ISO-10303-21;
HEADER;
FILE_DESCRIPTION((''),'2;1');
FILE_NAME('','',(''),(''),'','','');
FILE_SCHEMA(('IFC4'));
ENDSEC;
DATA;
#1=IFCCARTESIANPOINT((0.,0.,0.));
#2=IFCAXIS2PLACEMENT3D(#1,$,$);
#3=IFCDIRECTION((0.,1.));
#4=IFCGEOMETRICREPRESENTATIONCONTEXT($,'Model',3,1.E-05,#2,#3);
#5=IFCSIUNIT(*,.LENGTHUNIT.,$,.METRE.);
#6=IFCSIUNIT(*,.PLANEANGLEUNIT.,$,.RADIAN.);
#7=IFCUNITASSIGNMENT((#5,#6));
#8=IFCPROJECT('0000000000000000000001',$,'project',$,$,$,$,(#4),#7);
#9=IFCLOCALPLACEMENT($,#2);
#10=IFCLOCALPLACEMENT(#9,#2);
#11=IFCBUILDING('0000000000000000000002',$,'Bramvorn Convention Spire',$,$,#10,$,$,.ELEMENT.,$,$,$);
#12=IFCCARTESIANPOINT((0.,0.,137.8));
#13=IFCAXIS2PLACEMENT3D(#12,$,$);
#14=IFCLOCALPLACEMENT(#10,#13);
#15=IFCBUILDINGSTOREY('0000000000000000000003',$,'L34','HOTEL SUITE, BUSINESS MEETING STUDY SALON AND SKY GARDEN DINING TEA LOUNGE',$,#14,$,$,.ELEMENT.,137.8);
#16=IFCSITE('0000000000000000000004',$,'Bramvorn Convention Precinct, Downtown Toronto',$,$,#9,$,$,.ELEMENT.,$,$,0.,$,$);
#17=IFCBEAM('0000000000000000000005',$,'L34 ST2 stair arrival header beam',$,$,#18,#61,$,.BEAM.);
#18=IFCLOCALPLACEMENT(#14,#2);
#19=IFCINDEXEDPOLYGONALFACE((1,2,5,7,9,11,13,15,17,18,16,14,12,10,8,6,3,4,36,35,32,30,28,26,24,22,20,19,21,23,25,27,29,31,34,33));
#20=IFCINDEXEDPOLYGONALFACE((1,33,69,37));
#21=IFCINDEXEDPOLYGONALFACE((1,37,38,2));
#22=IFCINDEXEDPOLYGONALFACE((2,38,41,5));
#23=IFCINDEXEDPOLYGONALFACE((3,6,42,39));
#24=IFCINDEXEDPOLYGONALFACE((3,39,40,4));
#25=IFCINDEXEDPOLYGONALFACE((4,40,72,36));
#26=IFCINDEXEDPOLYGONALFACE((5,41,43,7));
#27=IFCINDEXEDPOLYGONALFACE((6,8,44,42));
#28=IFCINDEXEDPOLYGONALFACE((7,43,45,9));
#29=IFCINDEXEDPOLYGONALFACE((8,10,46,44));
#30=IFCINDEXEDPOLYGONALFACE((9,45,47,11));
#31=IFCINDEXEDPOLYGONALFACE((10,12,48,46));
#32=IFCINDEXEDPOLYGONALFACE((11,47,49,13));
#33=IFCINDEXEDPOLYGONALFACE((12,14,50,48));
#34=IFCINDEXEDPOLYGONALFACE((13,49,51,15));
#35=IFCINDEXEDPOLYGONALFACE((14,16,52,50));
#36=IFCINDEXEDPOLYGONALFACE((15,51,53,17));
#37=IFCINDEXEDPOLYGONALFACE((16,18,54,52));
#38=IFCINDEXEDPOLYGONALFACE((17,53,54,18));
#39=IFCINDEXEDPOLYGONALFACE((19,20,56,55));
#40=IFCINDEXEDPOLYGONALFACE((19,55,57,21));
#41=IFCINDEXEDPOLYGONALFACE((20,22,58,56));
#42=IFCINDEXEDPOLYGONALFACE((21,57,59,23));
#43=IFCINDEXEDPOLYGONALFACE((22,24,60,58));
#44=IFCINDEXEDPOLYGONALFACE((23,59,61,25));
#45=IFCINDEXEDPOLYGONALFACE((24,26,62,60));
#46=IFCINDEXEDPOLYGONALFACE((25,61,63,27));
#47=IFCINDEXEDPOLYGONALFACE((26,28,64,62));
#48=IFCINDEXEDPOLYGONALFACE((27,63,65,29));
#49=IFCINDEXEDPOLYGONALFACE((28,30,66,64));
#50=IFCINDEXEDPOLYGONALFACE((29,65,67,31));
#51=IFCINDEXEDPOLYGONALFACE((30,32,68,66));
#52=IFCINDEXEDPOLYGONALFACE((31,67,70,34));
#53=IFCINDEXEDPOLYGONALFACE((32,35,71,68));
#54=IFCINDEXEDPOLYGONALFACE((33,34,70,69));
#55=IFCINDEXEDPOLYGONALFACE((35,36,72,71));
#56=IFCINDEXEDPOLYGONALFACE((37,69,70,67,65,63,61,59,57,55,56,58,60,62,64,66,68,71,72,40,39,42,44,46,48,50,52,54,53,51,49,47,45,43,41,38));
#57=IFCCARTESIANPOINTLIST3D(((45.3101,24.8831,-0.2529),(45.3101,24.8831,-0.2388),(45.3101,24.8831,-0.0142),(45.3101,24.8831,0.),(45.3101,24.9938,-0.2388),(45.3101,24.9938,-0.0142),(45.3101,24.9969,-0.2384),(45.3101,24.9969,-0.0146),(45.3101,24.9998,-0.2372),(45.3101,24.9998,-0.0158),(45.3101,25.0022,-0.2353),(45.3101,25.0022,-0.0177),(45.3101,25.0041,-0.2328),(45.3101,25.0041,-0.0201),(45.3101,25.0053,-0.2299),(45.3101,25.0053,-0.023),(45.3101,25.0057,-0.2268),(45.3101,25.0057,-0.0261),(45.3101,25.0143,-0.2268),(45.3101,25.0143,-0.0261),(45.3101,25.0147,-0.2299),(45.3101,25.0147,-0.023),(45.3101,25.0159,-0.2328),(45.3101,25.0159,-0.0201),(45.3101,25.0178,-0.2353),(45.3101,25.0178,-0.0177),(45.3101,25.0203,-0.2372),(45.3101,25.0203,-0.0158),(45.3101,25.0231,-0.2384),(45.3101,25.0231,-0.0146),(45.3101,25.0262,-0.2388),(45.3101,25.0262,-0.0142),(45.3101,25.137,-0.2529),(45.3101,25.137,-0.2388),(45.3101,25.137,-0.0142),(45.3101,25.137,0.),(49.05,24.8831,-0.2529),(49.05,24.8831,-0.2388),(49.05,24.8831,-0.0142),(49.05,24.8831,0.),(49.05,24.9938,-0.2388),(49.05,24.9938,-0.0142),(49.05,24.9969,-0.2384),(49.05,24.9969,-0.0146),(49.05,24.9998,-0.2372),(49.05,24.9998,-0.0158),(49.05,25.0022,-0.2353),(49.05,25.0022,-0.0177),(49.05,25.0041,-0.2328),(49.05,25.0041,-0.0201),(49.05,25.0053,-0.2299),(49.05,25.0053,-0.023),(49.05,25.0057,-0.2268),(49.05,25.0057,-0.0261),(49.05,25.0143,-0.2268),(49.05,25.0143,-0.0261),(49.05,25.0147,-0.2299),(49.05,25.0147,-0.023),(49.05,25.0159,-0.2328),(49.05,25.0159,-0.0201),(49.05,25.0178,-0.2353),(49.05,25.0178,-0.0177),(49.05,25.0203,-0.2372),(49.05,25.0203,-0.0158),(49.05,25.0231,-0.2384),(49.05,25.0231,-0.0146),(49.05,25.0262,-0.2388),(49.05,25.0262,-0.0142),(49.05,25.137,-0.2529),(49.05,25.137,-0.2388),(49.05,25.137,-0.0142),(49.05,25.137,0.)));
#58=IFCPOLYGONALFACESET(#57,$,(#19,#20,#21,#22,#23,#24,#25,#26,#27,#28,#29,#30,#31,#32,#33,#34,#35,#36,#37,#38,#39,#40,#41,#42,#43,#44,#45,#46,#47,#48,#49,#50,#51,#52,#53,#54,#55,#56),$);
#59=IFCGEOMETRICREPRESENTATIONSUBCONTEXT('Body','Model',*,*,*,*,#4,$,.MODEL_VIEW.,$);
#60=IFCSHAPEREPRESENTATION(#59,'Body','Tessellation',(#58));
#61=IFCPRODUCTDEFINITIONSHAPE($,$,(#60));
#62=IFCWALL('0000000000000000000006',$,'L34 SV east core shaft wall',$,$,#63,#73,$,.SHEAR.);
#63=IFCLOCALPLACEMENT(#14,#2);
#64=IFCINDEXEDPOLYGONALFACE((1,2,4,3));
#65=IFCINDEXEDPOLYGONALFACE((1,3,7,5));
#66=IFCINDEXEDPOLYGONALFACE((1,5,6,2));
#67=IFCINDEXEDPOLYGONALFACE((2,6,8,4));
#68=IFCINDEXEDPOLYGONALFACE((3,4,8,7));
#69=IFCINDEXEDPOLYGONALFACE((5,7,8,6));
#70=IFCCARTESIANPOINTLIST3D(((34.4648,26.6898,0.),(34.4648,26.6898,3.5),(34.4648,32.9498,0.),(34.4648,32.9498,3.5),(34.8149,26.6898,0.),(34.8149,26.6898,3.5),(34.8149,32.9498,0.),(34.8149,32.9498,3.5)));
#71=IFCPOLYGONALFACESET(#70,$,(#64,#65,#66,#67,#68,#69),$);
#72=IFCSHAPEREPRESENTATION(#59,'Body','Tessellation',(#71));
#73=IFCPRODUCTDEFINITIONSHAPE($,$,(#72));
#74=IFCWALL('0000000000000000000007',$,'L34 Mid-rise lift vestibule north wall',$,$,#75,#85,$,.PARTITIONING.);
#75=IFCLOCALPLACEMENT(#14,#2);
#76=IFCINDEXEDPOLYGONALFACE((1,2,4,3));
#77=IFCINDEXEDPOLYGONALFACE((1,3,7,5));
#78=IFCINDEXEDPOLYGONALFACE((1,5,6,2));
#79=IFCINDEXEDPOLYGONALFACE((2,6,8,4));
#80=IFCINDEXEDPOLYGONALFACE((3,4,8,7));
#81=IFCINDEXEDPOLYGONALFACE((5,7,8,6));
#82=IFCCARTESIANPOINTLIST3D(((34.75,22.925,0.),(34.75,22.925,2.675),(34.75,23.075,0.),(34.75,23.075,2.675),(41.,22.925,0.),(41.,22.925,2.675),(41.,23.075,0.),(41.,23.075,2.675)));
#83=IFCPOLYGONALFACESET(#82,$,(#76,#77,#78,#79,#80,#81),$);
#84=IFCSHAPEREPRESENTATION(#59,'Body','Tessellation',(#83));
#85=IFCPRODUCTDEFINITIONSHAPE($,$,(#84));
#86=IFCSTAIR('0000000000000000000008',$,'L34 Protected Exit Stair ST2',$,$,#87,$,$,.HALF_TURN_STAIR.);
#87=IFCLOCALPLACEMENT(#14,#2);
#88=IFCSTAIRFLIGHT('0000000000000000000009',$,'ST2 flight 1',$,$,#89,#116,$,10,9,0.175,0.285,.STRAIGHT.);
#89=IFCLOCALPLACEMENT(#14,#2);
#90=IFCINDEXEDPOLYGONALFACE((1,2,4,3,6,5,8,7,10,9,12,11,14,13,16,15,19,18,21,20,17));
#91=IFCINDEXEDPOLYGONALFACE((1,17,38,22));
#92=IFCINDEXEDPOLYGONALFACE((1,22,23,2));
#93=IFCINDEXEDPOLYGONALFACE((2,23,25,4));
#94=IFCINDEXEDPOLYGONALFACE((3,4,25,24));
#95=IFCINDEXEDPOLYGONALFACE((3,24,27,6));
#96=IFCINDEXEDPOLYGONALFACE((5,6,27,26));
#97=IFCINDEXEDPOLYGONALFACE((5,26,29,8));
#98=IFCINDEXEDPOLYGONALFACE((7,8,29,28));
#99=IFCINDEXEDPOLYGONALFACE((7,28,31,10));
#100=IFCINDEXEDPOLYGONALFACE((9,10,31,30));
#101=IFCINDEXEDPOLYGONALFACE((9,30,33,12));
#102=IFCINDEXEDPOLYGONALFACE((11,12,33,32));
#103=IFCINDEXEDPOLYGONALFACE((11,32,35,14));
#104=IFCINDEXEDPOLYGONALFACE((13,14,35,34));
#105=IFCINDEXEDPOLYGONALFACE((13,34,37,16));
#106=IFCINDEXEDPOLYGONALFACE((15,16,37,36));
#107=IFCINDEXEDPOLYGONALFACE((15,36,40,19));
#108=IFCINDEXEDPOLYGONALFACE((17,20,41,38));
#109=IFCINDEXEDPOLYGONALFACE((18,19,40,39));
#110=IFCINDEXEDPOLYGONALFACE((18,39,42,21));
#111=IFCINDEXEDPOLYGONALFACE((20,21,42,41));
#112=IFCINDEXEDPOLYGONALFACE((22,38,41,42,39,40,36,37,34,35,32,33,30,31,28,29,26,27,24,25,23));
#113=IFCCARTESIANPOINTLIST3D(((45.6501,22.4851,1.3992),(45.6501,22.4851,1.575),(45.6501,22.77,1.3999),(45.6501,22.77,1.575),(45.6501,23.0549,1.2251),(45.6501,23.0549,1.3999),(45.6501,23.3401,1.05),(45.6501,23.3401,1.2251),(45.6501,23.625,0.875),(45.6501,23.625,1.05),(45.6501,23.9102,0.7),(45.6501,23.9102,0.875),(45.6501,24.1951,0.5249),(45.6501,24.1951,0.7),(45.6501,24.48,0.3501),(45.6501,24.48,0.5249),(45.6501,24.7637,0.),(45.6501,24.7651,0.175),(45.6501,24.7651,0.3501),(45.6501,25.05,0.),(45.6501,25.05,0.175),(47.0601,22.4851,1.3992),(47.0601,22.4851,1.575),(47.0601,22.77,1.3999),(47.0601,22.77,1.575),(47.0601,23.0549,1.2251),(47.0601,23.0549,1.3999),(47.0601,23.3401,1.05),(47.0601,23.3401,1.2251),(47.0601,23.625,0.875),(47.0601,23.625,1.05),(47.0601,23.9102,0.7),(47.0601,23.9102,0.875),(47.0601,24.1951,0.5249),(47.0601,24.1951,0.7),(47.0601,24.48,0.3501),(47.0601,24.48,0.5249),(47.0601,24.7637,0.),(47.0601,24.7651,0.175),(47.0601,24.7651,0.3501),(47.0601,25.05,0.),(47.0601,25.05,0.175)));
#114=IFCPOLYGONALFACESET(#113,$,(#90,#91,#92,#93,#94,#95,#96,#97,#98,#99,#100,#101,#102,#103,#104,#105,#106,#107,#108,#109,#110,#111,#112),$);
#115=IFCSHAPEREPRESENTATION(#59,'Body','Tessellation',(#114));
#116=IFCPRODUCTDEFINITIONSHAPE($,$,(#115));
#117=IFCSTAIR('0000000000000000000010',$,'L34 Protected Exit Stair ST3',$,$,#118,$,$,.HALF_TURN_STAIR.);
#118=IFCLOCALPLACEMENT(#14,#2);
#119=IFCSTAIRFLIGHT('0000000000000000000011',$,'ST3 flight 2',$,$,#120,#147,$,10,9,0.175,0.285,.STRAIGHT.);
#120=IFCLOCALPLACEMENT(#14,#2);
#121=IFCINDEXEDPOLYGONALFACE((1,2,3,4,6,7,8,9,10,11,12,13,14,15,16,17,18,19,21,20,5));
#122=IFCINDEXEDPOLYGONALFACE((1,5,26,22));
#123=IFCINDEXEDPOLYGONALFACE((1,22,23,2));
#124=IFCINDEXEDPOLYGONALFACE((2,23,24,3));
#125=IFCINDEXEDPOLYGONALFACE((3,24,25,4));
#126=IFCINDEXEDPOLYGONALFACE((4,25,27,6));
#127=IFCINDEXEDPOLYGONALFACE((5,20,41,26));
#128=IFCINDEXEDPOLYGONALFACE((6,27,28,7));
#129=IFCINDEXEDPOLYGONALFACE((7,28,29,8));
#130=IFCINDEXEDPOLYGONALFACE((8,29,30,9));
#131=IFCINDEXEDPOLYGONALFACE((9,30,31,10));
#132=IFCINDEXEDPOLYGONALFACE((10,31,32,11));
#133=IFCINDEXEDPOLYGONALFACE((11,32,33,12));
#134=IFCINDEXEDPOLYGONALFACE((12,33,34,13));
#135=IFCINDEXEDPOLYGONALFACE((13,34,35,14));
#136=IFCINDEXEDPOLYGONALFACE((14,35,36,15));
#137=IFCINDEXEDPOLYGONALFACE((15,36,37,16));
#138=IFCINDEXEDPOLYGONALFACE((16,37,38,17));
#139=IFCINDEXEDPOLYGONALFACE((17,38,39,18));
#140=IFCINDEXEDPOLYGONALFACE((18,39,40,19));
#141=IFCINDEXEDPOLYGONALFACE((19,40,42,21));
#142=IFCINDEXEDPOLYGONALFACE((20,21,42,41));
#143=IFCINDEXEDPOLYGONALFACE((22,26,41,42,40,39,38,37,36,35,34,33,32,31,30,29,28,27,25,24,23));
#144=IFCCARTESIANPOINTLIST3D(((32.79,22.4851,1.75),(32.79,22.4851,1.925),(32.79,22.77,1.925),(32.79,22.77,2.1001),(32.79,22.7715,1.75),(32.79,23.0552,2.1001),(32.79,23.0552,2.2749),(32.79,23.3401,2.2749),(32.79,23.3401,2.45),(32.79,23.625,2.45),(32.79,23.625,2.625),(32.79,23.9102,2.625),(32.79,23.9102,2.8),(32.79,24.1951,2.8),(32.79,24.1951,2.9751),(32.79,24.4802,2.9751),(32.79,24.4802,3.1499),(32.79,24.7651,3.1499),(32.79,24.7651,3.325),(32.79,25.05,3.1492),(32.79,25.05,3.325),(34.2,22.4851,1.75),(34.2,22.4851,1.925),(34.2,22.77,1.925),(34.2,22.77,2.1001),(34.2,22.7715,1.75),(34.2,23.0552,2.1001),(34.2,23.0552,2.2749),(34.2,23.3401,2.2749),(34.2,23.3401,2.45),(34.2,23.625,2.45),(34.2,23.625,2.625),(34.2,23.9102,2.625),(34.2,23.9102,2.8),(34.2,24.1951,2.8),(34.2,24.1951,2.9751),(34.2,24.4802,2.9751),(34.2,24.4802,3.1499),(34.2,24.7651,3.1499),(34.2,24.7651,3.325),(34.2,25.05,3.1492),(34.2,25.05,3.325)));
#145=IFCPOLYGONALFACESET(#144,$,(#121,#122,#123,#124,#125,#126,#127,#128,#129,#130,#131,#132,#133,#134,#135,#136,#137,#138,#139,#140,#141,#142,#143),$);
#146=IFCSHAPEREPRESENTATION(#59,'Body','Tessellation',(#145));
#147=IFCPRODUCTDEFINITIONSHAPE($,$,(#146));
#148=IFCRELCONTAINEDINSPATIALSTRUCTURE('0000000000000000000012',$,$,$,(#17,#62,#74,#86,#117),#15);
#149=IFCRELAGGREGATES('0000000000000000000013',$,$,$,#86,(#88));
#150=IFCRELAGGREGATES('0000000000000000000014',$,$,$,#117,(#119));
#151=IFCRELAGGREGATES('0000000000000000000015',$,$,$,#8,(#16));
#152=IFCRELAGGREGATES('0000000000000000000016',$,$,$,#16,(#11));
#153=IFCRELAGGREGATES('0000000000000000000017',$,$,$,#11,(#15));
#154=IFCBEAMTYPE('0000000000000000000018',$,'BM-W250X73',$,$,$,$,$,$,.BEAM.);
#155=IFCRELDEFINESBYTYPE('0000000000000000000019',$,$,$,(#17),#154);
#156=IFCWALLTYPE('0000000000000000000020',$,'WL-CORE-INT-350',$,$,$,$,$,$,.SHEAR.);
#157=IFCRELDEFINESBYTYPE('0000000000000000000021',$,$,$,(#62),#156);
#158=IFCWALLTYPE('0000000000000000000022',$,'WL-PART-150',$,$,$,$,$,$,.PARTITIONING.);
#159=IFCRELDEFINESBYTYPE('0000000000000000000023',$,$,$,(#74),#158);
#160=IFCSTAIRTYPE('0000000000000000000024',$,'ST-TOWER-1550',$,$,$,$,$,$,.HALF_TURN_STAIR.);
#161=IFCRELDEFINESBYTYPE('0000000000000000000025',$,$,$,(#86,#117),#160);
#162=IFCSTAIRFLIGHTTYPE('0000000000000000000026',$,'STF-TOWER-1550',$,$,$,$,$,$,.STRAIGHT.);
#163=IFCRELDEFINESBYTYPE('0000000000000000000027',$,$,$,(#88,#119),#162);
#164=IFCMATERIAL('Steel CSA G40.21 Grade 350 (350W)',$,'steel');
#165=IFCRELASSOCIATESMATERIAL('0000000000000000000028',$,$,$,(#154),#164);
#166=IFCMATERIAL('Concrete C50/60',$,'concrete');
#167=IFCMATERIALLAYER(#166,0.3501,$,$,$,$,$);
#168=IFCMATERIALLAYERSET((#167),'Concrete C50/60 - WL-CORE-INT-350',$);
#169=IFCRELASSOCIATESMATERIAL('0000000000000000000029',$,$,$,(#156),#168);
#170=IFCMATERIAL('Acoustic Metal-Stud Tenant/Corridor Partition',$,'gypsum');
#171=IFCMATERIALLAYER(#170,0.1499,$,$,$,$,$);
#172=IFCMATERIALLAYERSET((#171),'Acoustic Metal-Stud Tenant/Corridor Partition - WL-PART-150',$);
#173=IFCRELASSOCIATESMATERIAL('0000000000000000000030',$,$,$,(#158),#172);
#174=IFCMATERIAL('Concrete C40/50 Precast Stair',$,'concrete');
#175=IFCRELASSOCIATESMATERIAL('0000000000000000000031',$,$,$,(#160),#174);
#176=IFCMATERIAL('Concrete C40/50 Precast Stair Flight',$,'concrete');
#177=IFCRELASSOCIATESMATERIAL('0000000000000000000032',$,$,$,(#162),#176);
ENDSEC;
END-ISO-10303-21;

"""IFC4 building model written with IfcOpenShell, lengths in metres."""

from ifc_helpers import new_model, si_unit, direction, frame, frame_2d, origin, origin_2d, place, context, subcontext, project, spatial, polyline, rectangle, i_section, outline, extrude, material, layer, layer_set, material_profile, profile_set, type_object, element, aggregate, save


model = new_model("IFC4")

# Units and contexts
model_context = context("Model", 3, precision=1e-05, world=origin(), true_north=direction((0.0, 1.0)))
body_context = subcontext(model_context, "Body", "Model", "MODEL_VIEW")
ifc_project = project(units=[si_unit("LENGTHUNIT", "METRE"), si_unit("PLANEANGLEUNIT", "RADIAN")], contexts=[model_context])

# Site, building, storey
site_placement = place(None, origin())
site = spatial("IfcSite", under=ifc_project, at=site_placement, Name="Bramvorn Convention Precinct, Downtown Toronto", CompositionType="ELEMENT", RefElevation=0.0)
building_placement = place(site_placement, origin())
building = spatial("IfcBuilding", under=site, at=building_placement, Name="Bramvorn Convention Spire", CompositionType="ELEMENT")
storey_placement = place(building_placement, frame((0.0, 0.0, 137.8)))
storey = spatial("IfcBuildingStorey", under=building, at=storey_placement, Name="L34", Description="HOTEL SUITE, BUSINESS MEETING STUDY SALON AND SKY GARDEN DINING TEA LOUNGE", CompositionType="ELEMENT", Elevation=137.8)

# Beam
ifc_material_1 = material(Name="Steel CSA G40.21 Grade 350 (350W)", Category="steel")
ifc_material_profile = material_profile(ifc_material_1, i_section(OverallWidth=0.2539, OverallDepth=0.2529, WebThickness=0.0085, FlangeThickness=0.0142, FilletRadius=0.012, at=origin_2d()))
ifc_profile_set = profile_set([ifc_material_profile], Name="Steel CSA G40.21 Grade 350 (350W) - W250X73")
beam_type = type_object("IfcBeamType", Name="BM-W250X73", PredefinedType="BEAM", material=ifc_profile_set)
beam_placement = place(storey_placement, frame((45.3101, 25.01, -0.1265), z_axis=(1.0, 0.0, 0.0), x_axis=(0.0, 1.0, 0.0)))
element("IfcBeam", 1, at=beam_placement, inside=storey, type_object=beam_type, Name="L34 ST2 stair arrival header beam", PredefinedType="BEAM", context=body_context, shape_type="SweptSolid", body=[
    extrude(i_section(OverallWidth=0.2539, OverallDepth=0.2529, WebThickness=0.0085, FlangeThickness=0.0142, FilletRadius=0.012, at=origin_2d()), origin(), (0.0, 0.0, 1.0), 3.74),
])

# Walls
ifc_material_2 = material(Name="Concrete C50/60", Category="concrete")
ifc_layer_1 = layer(ifc_material_2, 0.3501)
ifc_layer_set_1 = layer_set([ifc_layer_1], Name="Concrete C50/60 - WL-CORE-INT-350")
wall_type_1 = type_object("IfcWallType", Name="WL-CORE-INT-350", PredefinedType="SHEAR", material=ifc_layer_set_1)
wall_1_placement = place(storey_placement, frame((34.6399, 26.6899, 0.0), z_axis=(0.0, 0.0, 1.0), x_axis=(0.0, 1.0, 0.0)))
element("IfcWall", 2, at=wall_1_placement, inside=storey, type_object=wall_type_1, Name="L34 SV east core shaft wall", PredefinedType="SHEAR", context=body_context, shape_type="SweptSolid", body=[
    extrude(rectangle(XDim=6.26, YDim=0.3501, at=frame_2d((3.1299, 0.0))), origin(), (0.0, 0.0, 1.0), 3.5),
])
ifc_material_3 = material(Name="Acoustic Metal-Stud Tenant/Corridor Partition", Category="gypsum")
ifc_layer_2 = layer(ifc_material_3, 0.1499)
ifc_layer_set_2 = layer_set([ifc_layer_2], Name="Acoustic Metal-Stud Tenant/Corridor Partition - WL-PART-150")
wall_type_2 = type_object("IfcWallType", Name="WL-PART-150", PredefinedType="PARTITIONING", material=ifc_layer_set_2)
wall_2_placement = place(storey_placement, frame((34.75, 23.0, 0.0), z_axis=(0.0, 0.0, 1.0), x_axis=(1.0, 0.0, 0.0)))
element("IfcWall", 3, at=wall_2_placement, inside=storey, type_object=wall_type_2, Name="L34 Mid-rise lift vestibule north wall", PredefinedType="PARTITIONING", context=body_context, shape_type="SweptSolid", body=[
    extrude(rectangle(XDim=6.25, YDim=0.1499, at=frame_2d((3.125, 0.0))), origin(), (0.0, 0.0, 1.0), 2.675),
])

# Stairs, stair flights
ifc_material_4 = material(Name="Concrete C40/50 Precast Stair", Category="concrete")
stair_type = type_object("IfcStairType", Name="ST-TOWER-1550", PredefinedType="HALF_TURN_STAIR", material=ifc_material_4)
stair_1_placement = place(storey_placement, origin())
stair_1 = element("IfcStair", 4, at=stair_1_placement, inside=storey, type_object=stair_type, Name="L34 Protected Exit Stair ST2", PredefinedType="HALF_TURN_STAIR")
ifc_material_5 = material(Name="Concrete C40/50 Precast Stair Flight", Category="concrete")
stair_flight_type = type_object("IfcStairFlightType", Name="STF-TOWER-1550", PredefinedType="STRAIGHT", material=ifc_material_5)
stair_flight_1_placement = place(storey_placement, frame((46.355, 25.05, 0.0), z_axis=(0.0, 0.0, 1.0), x_axis=(0.0, -1.0, 0.0)))
stair_flight_1 = element("IfcStairFlight", 5, at=stair_flight_1_placement, type_object=stair_flight_type, Name="ST2 flight 1", NumberOfRisers=10, NumberOfTreads=9, PredefinedType="STRAIGHT", RiserHeight=0.175, TreadLength=0.285, context=body_context, shape_type="SweptSolid", body=[
    extrude(outline(polyline([(0.0, 0.0), (0.0, 0.175), (0.2849, 0.175), (0.2849, 0.3501), (0.5701, 0.3501), (0.5701, 0.5249), (0.855, 0.5249), (0.855, 0.7), (1.1399, 0.7), (1.1399, 0.875), (1.425, 0.875), (1.425, 1.05), (1.71, 1.05), (1.71, 1.2251), (1.9951, 1.2251), (1.9951, 1.3999), (2.28, 1.3999), (2.28, 1.575), (2.5649, 1.575), (2.5649, 1.75), (2.5649, 1.3992), (0.2864, 0.0), (0.0, 0.0)])), frame((0.0, 0.7051, 0.0), z_axis=(0.0, -1.0, 0.0), x_axis=(1.0, 0.0, 0.0)), (0.0, 0.0, 1.0), 1.4099),
])
aggregate(stair_1, [stair_flight_1])
stair_2_placement = place(storey_placement, origin())
stair_2 = element("IfcStair", 6, at=stair_2_placement, inside=storey, type_object=stair_type, Name="L34 Protected Exit Stair ST3", PredefinedType="HALF_TURN_STAIR")
stair_flight_2_placement = place(storey_placement, frame((33.4951, 22.4851, 1.75), z_axis=(0.0, 0.0, 1.0), x_axis=(0.0, 1.0, 0.0)))
stair_flight_2 = element("IfcStairFlight", 7, at=stair_flight_2_placement, type_object=stair_flight_type, Name="ST3 flight 2", NumberOfRisers=10, NumberOfTreads=9, PredefinedType="STRAIGHT", RiserHeight=0.175, TreadLength=0.285, context=body_context, shape_type="SweptSolid", body=[
    extrude(outline(polyline([(0.0, 0.0), (0.0, 0.175), (0.2849, 0.175), (0.2849, 0.3501), (0.5701, 0.3501), (0.5701, 0.5249), (0.855, 0.5249), (0.855, 0.7), (1.1399, 0.7), (1.1399, 0.875), (1.425, 0.875), (1.425, 1.05), (1.71, 1.05), (1.71, 1.2251), (1.9951, 1.2251), (1.9951, 1.3999), (2.28, 1.3999), (2.28, 1.575), (2.5649, 1.575), (2.5649, 1.75), (2.5649, 1.3992), (0.2864, 0.0), (0.0, 0.0)])), frame((0.0, 0.7051, 0.0), z_axis=(0.0, -1.0, 0.0), x_axis=(1.0, 0.0, 0.0)), (0.0, 0.0, 1.0), 1.4099),
])
aggregate(stair_2, [stair_flight_2])

save(model, "model.ifc")
